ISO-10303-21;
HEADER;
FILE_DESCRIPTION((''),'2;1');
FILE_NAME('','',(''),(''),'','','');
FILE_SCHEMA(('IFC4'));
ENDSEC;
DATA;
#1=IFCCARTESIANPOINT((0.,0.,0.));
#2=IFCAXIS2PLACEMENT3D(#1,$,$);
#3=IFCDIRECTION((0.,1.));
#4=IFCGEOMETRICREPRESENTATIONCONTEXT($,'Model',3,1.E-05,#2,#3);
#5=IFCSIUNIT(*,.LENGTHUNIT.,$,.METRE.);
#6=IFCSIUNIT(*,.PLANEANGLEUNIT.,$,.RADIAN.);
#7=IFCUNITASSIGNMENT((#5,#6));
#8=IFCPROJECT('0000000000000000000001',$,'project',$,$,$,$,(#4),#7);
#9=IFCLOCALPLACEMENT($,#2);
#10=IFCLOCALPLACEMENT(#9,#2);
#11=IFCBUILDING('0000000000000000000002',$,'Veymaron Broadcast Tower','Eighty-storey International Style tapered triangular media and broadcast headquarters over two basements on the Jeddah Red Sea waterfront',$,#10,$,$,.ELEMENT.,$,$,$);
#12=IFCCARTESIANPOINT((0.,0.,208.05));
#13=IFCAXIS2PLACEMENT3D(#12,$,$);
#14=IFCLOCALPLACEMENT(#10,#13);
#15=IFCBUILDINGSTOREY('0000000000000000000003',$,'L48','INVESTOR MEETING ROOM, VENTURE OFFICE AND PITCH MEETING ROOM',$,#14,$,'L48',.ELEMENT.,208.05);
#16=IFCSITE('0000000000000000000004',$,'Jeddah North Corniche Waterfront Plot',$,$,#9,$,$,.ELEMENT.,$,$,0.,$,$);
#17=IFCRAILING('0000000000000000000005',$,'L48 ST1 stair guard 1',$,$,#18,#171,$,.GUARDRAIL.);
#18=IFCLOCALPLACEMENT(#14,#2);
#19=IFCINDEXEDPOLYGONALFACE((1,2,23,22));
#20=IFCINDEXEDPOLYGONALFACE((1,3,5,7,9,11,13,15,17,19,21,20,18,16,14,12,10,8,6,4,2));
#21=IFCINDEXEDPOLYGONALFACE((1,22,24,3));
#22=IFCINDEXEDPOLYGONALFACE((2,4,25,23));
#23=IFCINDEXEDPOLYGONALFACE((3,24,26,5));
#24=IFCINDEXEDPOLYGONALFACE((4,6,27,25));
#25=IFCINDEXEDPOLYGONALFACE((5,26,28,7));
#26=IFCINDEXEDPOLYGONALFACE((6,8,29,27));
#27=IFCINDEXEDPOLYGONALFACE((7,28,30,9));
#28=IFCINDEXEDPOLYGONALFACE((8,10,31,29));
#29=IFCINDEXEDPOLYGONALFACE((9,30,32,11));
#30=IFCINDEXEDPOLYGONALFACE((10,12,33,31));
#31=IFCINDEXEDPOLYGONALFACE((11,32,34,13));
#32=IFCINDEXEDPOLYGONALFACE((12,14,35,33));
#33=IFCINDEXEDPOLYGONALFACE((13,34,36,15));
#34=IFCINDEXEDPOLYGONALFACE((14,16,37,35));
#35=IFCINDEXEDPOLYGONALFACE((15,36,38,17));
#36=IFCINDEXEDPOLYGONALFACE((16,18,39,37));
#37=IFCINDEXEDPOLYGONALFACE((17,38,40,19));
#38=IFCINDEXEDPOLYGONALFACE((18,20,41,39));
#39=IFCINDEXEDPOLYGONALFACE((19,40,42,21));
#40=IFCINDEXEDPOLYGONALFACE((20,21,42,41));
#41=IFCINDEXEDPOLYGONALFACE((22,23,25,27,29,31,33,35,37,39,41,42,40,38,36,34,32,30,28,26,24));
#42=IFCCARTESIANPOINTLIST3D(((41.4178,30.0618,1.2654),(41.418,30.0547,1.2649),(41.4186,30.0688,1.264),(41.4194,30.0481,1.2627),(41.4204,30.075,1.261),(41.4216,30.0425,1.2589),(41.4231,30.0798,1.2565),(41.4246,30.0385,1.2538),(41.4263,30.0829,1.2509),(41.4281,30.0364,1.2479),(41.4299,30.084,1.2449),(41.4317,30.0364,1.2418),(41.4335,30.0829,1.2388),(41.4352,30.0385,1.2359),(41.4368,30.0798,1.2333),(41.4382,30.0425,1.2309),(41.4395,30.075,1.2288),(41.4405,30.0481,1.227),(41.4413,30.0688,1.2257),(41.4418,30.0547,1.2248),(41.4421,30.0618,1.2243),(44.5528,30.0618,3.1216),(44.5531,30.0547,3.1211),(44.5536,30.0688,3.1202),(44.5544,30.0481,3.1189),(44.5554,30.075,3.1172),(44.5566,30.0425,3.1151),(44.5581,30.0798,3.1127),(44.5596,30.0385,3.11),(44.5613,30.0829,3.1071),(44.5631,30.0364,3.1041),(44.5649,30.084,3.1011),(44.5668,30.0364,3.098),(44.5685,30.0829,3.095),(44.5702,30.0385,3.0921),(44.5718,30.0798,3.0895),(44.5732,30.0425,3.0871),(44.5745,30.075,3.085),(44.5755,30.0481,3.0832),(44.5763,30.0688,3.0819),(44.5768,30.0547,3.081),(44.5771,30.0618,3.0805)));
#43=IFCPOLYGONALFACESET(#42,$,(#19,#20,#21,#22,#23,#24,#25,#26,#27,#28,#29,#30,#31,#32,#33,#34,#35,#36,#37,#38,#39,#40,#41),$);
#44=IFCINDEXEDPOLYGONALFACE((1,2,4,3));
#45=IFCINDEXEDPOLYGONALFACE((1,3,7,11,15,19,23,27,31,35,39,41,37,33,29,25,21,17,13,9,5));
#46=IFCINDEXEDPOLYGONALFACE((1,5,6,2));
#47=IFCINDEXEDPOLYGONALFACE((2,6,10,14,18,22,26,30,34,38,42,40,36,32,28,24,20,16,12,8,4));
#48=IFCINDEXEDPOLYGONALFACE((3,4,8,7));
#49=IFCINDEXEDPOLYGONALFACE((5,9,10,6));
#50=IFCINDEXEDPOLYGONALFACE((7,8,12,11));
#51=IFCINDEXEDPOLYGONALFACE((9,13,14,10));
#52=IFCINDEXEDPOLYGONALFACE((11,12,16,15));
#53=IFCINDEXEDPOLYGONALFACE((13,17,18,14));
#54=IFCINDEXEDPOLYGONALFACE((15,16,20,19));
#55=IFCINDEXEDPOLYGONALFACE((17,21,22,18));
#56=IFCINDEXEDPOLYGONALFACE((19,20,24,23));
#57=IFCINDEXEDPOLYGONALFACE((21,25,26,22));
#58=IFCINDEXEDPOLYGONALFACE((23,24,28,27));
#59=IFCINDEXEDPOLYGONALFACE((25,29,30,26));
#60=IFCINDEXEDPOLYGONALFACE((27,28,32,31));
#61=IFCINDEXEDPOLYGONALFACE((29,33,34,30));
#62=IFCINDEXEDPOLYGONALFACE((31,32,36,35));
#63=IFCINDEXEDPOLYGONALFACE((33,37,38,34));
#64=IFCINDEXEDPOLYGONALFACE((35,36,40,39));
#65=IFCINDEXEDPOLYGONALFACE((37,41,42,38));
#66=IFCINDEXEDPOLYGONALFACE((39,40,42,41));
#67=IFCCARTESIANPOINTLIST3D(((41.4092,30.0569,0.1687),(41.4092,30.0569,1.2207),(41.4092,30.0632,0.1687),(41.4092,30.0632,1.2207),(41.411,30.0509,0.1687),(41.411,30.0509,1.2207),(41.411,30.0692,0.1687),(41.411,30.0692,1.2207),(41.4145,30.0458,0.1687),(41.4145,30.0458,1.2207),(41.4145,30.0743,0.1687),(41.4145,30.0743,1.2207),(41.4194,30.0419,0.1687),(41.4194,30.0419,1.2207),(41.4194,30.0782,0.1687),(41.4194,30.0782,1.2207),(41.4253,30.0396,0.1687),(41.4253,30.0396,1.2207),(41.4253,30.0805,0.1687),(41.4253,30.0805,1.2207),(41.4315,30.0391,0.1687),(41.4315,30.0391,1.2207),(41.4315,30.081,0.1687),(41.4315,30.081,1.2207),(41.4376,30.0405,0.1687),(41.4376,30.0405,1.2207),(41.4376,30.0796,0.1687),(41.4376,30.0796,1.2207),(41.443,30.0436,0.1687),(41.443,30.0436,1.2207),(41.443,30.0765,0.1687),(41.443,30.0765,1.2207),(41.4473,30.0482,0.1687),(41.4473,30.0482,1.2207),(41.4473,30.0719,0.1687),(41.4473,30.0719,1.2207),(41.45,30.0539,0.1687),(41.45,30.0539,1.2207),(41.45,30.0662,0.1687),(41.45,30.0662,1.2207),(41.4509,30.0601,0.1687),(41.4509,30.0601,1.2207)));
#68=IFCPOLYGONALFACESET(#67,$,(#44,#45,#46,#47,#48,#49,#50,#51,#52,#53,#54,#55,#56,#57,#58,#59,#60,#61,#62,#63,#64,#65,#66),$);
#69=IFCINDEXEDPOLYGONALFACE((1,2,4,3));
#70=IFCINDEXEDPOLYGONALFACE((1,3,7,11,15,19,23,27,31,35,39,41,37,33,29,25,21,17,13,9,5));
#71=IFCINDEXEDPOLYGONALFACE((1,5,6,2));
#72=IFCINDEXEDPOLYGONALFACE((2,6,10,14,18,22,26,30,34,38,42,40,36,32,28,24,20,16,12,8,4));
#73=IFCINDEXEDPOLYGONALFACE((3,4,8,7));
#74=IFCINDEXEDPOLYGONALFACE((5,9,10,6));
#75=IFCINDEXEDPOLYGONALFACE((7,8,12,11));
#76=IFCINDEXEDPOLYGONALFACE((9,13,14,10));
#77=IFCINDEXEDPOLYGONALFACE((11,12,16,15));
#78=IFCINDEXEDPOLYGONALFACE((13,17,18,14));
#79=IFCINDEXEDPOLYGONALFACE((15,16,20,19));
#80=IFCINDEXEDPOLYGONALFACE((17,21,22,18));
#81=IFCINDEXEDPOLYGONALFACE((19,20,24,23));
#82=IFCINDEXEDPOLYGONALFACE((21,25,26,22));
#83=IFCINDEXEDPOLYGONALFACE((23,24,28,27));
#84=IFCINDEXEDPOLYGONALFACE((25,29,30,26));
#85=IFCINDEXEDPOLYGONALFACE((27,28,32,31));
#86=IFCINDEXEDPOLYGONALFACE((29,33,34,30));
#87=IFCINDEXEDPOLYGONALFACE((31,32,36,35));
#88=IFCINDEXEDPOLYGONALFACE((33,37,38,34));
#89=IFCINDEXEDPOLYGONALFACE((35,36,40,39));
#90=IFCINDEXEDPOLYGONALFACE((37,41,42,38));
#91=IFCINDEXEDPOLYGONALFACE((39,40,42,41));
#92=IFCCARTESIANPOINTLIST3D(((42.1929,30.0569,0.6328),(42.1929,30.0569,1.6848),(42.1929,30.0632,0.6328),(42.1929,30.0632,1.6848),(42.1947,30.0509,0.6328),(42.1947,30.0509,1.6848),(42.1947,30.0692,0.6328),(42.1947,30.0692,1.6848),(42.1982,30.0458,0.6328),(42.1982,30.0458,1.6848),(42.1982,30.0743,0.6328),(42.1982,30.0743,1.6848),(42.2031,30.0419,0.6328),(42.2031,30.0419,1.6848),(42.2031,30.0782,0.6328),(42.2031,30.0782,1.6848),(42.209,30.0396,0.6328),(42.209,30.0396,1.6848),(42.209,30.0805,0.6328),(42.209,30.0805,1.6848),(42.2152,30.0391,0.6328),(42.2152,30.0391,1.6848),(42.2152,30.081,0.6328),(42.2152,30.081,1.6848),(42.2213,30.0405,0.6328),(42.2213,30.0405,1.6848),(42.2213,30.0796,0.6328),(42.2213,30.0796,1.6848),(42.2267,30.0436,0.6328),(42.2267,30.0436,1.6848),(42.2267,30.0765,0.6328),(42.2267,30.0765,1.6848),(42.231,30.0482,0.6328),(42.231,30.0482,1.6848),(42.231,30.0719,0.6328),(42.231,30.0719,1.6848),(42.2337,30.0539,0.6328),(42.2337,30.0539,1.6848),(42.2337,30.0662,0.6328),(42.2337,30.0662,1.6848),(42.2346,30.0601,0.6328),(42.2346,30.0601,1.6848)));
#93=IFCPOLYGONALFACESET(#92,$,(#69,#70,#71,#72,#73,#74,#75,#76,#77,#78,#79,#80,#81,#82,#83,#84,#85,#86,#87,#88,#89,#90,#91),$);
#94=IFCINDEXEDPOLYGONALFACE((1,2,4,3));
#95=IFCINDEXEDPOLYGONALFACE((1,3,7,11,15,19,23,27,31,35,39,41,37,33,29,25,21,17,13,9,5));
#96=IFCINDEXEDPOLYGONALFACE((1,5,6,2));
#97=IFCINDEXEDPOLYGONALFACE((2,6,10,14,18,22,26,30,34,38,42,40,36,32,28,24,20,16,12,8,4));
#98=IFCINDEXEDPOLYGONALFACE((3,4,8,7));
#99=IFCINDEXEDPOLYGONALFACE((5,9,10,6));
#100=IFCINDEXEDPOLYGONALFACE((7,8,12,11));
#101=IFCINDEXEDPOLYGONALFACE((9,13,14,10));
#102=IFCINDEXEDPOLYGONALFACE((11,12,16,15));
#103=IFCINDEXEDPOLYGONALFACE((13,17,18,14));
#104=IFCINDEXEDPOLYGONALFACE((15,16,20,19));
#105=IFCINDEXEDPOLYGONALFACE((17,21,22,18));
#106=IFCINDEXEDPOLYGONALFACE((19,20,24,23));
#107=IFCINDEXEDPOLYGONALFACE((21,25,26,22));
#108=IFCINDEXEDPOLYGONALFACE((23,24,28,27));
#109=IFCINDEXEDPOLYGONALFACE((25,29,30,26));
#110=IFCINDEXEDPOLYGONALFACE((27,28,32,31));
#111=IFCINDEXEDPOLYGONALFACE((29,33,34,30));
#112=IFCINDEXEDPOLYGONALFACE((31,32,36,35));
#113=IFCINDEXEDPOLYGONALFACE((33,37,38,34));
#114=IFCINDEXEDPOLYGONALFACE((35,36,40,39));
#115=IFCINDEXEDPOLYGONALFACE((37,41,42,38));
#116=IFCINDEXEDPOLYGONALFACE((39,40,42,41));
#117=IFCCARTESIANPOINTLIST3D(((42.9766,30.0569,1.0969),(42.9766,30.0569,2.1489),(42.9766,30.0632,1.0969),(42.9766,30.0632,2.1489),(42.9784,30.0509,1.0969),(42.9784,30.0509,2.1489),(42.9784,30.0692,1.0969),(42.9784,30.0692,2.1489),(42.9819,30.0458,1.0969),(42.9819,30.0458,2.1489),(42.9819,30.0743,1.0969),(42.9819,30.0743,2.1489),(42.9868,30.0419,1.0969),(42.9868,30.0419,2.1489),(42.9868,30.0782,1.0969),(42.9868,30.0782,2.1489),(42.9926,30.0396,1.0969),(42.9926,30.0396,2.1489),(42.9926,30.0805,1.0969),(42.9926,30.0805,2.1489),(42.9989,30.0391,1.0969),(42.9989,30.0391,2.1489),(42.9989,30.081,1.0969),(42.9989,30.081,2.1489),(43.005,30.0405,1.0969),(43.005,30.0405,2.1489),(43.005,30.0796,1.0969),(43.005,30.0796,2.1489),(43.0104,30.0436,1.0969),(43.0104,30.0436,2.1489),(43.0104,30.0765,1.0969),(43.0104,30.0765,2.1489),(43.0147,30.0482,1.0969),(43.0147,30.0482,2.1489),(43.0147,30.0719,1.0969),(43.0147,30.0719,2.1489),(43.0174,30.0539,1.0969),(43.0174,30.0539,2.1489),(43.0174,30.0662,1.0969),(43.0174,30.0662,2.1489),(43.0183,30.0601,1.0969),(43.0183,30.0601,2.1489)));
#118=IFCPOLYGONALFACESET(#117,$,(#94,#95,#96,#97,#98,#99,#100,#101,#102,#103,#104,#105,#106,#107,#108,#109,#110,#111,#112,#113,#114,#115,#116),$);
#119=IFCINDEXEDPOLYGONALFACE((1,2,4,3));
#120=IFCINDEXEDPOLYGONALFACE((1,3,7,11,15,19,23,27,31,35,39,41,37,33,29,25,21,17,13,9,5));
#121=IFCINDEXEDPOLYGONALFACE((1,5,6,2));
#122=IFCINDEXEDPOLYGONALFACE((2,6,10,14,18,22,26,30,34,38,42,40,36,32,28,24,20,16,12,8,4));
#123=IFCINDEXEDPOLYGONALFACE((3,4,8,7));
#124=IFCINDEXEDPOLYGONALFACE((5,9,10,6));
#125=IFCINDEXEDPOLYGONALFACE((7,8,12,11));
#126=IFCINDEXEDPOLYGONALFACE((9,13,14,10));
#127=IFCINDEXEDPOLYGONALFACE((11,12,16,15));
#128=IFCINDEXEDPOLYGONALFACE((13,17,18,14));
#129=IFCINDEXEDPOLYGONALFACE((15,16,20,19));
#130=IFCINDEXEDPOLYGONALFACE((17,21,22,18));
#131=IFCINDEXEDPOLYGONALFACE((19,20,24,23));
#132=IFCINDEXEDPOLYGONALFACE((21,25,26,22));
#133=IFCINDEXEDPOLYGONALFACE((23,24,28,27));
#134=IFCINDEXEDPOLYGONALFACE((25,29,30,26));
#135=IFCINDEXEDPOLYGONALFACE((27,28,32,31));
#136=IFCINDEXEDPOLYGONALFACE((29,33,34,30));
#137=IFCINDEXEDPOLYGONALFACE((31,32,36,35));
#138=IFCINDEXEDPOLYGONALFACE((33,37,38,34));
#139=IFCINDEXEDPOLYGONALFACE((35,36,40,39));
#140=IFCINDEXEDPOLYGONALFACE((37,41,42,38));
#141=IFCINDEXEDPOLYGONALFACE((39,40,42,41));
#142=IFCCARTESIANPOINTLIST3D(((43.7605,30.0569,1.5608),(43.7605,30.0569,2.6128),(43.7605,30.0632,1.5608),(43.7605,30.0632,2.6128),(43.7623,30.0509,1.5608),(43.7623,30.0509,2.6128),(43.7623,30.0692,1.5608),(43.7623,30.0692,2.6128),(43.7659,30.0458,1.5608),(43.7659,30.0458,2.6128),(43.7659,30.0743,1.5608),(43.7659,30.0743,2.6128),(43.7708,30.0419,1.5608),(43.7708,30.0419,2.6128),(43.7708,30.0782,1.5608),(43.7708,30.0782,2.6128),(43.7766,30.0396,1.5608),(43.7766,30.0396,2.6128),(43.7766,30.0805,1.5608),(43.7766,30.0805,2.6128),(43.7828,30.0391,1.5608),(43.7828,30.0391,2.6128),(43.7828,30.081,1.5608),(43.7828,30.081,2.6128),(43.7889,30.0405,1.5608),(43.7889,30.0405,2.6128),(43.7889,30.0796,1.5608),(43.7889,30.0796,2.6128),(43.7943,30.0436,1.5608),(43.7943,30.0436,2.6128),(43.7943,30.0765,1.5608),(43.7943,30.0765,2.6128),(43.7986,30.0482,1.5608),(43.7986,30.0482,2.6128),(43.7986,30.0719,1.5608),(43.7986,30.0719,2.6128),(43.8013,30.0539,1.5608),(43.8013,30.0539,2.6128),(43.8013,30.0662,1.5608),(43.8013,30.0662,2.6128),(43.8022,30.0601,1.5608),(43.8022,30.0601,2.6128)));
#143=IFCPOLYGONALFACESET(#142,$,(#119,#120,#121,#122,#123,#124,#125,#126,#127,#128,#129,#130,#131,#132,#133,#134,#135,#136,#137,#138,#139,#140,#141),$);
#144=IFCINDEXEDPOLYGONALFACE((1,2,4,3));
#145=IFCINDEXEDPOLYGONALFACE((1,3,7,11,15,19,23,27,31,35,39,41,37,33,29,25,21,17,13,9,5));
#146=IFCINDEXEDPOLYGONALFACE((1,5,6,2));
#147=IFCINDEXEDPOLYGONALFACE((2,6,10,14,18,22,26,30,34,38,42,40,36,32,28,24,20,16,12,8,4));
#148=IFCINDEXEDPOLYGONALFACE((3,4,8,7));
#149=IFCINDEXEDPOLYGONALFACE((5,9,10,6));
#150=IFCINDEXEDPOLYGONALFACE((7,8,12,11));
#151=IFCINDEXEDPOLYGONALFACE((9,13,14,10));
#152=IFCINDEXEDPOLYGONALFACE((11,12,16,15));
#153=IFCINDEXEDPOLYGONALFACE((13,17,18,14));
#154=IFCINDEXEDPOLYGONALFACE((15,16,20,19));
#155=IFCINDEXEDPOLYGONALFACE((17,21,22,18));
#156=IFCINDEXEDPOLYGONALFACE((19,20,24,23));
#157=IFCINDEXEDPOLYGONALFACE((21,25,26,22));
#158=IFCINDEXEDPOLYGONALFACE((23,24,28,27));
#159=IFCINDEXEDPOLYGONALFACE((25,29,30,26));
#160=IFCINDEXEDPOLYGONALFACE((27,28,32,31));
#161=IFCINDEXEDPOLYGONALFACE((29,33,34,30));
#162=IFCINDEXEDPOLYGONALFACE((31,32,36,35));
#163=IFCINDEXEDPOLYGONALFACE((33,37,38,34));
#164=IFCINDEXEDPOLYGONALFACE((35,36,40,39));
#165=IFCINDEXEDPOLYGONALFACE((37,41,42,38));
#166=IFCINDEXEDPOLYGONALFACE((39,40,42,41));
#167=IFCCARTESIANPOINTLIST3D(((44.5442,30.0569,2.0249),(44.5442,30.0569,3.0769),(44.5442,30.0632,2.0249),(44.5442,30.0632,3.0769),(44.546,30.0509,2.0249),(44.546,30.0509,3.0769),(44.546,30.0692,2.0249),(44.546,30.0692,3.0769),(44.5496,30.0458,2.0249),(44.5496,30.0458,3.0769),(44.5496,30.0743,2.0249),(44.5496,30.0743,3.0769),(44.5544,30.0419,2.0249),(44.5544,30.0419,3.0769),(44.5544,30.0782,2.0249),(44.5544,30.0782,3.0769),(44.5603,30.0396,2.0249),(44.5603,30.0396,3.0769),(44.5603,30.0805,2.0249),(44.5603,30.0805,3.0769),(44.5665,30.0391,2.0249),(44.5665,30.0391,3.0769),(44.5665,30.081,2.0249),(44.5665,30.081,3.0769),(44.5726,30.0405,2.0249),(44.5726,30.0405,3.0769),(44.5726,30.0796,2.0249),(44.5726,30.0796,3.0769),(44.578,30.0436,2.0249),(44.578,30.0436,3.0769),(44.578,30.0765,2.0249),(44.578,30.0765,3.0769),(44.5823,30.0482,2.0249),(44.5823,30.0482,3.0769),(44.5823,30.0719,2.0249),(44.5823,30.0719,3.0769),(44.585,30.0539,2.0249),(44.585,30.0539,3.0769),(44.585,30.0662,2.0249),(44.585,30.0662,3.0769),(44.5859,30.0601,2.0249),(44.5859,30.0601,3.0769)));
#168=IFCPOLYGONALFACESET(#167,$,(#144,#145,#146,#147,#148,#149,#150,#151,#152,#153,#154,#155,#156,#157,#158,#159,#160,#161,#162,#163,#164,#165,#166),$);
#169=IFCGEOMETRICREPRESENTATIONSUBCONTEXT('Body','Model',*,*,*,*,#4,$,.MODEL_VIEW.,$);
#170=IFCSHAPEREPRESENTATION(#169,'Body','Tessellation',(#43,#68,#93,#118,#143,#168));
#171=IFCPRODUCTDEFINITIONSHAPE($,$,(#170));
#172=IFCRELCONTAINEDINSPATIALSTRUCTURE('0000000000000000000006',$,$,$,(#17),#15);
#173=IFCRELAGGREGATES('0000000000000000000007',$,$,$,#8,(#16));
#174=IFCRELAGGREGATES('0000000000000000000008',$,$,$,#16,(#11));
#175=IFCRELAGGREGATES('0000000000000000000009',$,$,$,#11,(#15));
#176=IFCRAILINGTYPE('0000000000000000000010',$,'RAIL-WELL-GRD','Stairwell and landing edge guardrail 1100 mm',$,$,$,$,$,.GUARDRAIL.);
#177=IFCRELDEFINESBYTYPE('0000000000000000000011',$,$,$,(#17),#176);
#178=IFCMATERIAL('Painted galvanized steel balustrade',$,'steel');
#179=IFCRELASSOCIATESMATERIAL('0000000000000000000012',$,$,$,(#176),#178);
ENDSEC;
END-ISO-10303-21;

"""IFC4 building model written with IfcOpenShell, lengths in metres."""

from ifc_helpers import new_model, si_unit, direction, frame, origin, origin_2d, place, context, subcontext, project, spatial, circle, extrude, material, type_object, element, save


model = new_model("IFC4")

# Units and contexts
model_context = context("Model", 3, precision=1e-05, world=origin(), true_north=direction((0.0, 1.0)))
body_context = subcontext(model_context, "Body", "Model", "MODEL_VIEW")
ifc_project = project(units=[si_unit("LENGTHUNIT", "METRE"), si_unit("PLANEANGLEUNIT", "RADIAN")], contexts=[model_context])

# Site, building, storey
site_placement = place(None, origin())
site = spatial("IfcSite", under=ifc_project, at=site_placement, Name="Jeddah North Corniche Waterfront Plot", CompositionType="ELEMENT", RefElevation=0.0)
building_placement = place(site_placement, origin())
building = spatial("IfcBuilding", under=site, at=building_placement, Name="Veymaron Broadcast Tower", Description="Eighty-storey International Style tapered triangular media and broadcast headquarters over two basements on the Jeddah Red Sea waterfront", CompositionType="ELEMENT")
storey_placement = place(building_placement, frame((0.0, 0.0, 208.05)))
storey = spatial("IfcBuildingStorey", under=building, at=storey_placement, Name="L48", Description="INVESTOR MEETING ROOM, VENTURE OFFICE AND PITCH MEETING ROOM", LongName="L48", CompositionType="ELEMENT", Elevation=208.05)

# Railing
ifc_material_1 = material(Name="Painted galvanized steel balustrade", Category="steel")
railing_type_1 = type_object("IfcRailingType", Name="RAIL-WELL-GRD", Description="Stairwell and landing edge guardrail 1100 mm", PredefinedType="GUARDRAIL", material=ifc_material_1)
railing_1_placement = place(storey_placement, frame((41.4299, 30.0601, 0.1687)))
element("IfcRailing", 1, at=railing_1_placement, inside=storey, type_object=railing_type_1, Name="L48 ST1 stair guard 1", PredefinedType="GUARDRAIL", context=body_context, shape_type="SweptSolid", body=[
    extrude(circle(Radius=0.0239, at=origin_2d()), frame((0.0, 0.0, 1.0762), z_axis=(0.860482, 0.0, 0.509481), x_axis=(0.0, 1.0, 0.0)), (0.0, 0.0, 1.0), 3.6433),
    extrude(circle(Radius=0.021, at=origin_2d()), origin(), (0.0, 0.0, 1.0), 1.052),
    extrude(circle(Radius=0.021, at=origin_2d()), frame((0.7837, 0.0, 0.4641)), (0.0, 0.0, 1.0), 1.052),
    extrude(circle(Radius=0.021, at=origin_2d()), frame((1.5674, 0.0, 0.9282)), (0.0, 0.0, 1.0), 1.052),
    extrude(circle(Radius=0.021, at=origin_2d()), frame((2.3513, 0.0, 1.3921)), (0.0, 0.0, 1.0), 1.052),
    extrude(circle(Radius=0.021, at=origin_2d()), frame((3.135, 0.0, 1.8562)), (0.0, 0.0, 1.0), 1.052),
])

save(model, "model.ifc")
